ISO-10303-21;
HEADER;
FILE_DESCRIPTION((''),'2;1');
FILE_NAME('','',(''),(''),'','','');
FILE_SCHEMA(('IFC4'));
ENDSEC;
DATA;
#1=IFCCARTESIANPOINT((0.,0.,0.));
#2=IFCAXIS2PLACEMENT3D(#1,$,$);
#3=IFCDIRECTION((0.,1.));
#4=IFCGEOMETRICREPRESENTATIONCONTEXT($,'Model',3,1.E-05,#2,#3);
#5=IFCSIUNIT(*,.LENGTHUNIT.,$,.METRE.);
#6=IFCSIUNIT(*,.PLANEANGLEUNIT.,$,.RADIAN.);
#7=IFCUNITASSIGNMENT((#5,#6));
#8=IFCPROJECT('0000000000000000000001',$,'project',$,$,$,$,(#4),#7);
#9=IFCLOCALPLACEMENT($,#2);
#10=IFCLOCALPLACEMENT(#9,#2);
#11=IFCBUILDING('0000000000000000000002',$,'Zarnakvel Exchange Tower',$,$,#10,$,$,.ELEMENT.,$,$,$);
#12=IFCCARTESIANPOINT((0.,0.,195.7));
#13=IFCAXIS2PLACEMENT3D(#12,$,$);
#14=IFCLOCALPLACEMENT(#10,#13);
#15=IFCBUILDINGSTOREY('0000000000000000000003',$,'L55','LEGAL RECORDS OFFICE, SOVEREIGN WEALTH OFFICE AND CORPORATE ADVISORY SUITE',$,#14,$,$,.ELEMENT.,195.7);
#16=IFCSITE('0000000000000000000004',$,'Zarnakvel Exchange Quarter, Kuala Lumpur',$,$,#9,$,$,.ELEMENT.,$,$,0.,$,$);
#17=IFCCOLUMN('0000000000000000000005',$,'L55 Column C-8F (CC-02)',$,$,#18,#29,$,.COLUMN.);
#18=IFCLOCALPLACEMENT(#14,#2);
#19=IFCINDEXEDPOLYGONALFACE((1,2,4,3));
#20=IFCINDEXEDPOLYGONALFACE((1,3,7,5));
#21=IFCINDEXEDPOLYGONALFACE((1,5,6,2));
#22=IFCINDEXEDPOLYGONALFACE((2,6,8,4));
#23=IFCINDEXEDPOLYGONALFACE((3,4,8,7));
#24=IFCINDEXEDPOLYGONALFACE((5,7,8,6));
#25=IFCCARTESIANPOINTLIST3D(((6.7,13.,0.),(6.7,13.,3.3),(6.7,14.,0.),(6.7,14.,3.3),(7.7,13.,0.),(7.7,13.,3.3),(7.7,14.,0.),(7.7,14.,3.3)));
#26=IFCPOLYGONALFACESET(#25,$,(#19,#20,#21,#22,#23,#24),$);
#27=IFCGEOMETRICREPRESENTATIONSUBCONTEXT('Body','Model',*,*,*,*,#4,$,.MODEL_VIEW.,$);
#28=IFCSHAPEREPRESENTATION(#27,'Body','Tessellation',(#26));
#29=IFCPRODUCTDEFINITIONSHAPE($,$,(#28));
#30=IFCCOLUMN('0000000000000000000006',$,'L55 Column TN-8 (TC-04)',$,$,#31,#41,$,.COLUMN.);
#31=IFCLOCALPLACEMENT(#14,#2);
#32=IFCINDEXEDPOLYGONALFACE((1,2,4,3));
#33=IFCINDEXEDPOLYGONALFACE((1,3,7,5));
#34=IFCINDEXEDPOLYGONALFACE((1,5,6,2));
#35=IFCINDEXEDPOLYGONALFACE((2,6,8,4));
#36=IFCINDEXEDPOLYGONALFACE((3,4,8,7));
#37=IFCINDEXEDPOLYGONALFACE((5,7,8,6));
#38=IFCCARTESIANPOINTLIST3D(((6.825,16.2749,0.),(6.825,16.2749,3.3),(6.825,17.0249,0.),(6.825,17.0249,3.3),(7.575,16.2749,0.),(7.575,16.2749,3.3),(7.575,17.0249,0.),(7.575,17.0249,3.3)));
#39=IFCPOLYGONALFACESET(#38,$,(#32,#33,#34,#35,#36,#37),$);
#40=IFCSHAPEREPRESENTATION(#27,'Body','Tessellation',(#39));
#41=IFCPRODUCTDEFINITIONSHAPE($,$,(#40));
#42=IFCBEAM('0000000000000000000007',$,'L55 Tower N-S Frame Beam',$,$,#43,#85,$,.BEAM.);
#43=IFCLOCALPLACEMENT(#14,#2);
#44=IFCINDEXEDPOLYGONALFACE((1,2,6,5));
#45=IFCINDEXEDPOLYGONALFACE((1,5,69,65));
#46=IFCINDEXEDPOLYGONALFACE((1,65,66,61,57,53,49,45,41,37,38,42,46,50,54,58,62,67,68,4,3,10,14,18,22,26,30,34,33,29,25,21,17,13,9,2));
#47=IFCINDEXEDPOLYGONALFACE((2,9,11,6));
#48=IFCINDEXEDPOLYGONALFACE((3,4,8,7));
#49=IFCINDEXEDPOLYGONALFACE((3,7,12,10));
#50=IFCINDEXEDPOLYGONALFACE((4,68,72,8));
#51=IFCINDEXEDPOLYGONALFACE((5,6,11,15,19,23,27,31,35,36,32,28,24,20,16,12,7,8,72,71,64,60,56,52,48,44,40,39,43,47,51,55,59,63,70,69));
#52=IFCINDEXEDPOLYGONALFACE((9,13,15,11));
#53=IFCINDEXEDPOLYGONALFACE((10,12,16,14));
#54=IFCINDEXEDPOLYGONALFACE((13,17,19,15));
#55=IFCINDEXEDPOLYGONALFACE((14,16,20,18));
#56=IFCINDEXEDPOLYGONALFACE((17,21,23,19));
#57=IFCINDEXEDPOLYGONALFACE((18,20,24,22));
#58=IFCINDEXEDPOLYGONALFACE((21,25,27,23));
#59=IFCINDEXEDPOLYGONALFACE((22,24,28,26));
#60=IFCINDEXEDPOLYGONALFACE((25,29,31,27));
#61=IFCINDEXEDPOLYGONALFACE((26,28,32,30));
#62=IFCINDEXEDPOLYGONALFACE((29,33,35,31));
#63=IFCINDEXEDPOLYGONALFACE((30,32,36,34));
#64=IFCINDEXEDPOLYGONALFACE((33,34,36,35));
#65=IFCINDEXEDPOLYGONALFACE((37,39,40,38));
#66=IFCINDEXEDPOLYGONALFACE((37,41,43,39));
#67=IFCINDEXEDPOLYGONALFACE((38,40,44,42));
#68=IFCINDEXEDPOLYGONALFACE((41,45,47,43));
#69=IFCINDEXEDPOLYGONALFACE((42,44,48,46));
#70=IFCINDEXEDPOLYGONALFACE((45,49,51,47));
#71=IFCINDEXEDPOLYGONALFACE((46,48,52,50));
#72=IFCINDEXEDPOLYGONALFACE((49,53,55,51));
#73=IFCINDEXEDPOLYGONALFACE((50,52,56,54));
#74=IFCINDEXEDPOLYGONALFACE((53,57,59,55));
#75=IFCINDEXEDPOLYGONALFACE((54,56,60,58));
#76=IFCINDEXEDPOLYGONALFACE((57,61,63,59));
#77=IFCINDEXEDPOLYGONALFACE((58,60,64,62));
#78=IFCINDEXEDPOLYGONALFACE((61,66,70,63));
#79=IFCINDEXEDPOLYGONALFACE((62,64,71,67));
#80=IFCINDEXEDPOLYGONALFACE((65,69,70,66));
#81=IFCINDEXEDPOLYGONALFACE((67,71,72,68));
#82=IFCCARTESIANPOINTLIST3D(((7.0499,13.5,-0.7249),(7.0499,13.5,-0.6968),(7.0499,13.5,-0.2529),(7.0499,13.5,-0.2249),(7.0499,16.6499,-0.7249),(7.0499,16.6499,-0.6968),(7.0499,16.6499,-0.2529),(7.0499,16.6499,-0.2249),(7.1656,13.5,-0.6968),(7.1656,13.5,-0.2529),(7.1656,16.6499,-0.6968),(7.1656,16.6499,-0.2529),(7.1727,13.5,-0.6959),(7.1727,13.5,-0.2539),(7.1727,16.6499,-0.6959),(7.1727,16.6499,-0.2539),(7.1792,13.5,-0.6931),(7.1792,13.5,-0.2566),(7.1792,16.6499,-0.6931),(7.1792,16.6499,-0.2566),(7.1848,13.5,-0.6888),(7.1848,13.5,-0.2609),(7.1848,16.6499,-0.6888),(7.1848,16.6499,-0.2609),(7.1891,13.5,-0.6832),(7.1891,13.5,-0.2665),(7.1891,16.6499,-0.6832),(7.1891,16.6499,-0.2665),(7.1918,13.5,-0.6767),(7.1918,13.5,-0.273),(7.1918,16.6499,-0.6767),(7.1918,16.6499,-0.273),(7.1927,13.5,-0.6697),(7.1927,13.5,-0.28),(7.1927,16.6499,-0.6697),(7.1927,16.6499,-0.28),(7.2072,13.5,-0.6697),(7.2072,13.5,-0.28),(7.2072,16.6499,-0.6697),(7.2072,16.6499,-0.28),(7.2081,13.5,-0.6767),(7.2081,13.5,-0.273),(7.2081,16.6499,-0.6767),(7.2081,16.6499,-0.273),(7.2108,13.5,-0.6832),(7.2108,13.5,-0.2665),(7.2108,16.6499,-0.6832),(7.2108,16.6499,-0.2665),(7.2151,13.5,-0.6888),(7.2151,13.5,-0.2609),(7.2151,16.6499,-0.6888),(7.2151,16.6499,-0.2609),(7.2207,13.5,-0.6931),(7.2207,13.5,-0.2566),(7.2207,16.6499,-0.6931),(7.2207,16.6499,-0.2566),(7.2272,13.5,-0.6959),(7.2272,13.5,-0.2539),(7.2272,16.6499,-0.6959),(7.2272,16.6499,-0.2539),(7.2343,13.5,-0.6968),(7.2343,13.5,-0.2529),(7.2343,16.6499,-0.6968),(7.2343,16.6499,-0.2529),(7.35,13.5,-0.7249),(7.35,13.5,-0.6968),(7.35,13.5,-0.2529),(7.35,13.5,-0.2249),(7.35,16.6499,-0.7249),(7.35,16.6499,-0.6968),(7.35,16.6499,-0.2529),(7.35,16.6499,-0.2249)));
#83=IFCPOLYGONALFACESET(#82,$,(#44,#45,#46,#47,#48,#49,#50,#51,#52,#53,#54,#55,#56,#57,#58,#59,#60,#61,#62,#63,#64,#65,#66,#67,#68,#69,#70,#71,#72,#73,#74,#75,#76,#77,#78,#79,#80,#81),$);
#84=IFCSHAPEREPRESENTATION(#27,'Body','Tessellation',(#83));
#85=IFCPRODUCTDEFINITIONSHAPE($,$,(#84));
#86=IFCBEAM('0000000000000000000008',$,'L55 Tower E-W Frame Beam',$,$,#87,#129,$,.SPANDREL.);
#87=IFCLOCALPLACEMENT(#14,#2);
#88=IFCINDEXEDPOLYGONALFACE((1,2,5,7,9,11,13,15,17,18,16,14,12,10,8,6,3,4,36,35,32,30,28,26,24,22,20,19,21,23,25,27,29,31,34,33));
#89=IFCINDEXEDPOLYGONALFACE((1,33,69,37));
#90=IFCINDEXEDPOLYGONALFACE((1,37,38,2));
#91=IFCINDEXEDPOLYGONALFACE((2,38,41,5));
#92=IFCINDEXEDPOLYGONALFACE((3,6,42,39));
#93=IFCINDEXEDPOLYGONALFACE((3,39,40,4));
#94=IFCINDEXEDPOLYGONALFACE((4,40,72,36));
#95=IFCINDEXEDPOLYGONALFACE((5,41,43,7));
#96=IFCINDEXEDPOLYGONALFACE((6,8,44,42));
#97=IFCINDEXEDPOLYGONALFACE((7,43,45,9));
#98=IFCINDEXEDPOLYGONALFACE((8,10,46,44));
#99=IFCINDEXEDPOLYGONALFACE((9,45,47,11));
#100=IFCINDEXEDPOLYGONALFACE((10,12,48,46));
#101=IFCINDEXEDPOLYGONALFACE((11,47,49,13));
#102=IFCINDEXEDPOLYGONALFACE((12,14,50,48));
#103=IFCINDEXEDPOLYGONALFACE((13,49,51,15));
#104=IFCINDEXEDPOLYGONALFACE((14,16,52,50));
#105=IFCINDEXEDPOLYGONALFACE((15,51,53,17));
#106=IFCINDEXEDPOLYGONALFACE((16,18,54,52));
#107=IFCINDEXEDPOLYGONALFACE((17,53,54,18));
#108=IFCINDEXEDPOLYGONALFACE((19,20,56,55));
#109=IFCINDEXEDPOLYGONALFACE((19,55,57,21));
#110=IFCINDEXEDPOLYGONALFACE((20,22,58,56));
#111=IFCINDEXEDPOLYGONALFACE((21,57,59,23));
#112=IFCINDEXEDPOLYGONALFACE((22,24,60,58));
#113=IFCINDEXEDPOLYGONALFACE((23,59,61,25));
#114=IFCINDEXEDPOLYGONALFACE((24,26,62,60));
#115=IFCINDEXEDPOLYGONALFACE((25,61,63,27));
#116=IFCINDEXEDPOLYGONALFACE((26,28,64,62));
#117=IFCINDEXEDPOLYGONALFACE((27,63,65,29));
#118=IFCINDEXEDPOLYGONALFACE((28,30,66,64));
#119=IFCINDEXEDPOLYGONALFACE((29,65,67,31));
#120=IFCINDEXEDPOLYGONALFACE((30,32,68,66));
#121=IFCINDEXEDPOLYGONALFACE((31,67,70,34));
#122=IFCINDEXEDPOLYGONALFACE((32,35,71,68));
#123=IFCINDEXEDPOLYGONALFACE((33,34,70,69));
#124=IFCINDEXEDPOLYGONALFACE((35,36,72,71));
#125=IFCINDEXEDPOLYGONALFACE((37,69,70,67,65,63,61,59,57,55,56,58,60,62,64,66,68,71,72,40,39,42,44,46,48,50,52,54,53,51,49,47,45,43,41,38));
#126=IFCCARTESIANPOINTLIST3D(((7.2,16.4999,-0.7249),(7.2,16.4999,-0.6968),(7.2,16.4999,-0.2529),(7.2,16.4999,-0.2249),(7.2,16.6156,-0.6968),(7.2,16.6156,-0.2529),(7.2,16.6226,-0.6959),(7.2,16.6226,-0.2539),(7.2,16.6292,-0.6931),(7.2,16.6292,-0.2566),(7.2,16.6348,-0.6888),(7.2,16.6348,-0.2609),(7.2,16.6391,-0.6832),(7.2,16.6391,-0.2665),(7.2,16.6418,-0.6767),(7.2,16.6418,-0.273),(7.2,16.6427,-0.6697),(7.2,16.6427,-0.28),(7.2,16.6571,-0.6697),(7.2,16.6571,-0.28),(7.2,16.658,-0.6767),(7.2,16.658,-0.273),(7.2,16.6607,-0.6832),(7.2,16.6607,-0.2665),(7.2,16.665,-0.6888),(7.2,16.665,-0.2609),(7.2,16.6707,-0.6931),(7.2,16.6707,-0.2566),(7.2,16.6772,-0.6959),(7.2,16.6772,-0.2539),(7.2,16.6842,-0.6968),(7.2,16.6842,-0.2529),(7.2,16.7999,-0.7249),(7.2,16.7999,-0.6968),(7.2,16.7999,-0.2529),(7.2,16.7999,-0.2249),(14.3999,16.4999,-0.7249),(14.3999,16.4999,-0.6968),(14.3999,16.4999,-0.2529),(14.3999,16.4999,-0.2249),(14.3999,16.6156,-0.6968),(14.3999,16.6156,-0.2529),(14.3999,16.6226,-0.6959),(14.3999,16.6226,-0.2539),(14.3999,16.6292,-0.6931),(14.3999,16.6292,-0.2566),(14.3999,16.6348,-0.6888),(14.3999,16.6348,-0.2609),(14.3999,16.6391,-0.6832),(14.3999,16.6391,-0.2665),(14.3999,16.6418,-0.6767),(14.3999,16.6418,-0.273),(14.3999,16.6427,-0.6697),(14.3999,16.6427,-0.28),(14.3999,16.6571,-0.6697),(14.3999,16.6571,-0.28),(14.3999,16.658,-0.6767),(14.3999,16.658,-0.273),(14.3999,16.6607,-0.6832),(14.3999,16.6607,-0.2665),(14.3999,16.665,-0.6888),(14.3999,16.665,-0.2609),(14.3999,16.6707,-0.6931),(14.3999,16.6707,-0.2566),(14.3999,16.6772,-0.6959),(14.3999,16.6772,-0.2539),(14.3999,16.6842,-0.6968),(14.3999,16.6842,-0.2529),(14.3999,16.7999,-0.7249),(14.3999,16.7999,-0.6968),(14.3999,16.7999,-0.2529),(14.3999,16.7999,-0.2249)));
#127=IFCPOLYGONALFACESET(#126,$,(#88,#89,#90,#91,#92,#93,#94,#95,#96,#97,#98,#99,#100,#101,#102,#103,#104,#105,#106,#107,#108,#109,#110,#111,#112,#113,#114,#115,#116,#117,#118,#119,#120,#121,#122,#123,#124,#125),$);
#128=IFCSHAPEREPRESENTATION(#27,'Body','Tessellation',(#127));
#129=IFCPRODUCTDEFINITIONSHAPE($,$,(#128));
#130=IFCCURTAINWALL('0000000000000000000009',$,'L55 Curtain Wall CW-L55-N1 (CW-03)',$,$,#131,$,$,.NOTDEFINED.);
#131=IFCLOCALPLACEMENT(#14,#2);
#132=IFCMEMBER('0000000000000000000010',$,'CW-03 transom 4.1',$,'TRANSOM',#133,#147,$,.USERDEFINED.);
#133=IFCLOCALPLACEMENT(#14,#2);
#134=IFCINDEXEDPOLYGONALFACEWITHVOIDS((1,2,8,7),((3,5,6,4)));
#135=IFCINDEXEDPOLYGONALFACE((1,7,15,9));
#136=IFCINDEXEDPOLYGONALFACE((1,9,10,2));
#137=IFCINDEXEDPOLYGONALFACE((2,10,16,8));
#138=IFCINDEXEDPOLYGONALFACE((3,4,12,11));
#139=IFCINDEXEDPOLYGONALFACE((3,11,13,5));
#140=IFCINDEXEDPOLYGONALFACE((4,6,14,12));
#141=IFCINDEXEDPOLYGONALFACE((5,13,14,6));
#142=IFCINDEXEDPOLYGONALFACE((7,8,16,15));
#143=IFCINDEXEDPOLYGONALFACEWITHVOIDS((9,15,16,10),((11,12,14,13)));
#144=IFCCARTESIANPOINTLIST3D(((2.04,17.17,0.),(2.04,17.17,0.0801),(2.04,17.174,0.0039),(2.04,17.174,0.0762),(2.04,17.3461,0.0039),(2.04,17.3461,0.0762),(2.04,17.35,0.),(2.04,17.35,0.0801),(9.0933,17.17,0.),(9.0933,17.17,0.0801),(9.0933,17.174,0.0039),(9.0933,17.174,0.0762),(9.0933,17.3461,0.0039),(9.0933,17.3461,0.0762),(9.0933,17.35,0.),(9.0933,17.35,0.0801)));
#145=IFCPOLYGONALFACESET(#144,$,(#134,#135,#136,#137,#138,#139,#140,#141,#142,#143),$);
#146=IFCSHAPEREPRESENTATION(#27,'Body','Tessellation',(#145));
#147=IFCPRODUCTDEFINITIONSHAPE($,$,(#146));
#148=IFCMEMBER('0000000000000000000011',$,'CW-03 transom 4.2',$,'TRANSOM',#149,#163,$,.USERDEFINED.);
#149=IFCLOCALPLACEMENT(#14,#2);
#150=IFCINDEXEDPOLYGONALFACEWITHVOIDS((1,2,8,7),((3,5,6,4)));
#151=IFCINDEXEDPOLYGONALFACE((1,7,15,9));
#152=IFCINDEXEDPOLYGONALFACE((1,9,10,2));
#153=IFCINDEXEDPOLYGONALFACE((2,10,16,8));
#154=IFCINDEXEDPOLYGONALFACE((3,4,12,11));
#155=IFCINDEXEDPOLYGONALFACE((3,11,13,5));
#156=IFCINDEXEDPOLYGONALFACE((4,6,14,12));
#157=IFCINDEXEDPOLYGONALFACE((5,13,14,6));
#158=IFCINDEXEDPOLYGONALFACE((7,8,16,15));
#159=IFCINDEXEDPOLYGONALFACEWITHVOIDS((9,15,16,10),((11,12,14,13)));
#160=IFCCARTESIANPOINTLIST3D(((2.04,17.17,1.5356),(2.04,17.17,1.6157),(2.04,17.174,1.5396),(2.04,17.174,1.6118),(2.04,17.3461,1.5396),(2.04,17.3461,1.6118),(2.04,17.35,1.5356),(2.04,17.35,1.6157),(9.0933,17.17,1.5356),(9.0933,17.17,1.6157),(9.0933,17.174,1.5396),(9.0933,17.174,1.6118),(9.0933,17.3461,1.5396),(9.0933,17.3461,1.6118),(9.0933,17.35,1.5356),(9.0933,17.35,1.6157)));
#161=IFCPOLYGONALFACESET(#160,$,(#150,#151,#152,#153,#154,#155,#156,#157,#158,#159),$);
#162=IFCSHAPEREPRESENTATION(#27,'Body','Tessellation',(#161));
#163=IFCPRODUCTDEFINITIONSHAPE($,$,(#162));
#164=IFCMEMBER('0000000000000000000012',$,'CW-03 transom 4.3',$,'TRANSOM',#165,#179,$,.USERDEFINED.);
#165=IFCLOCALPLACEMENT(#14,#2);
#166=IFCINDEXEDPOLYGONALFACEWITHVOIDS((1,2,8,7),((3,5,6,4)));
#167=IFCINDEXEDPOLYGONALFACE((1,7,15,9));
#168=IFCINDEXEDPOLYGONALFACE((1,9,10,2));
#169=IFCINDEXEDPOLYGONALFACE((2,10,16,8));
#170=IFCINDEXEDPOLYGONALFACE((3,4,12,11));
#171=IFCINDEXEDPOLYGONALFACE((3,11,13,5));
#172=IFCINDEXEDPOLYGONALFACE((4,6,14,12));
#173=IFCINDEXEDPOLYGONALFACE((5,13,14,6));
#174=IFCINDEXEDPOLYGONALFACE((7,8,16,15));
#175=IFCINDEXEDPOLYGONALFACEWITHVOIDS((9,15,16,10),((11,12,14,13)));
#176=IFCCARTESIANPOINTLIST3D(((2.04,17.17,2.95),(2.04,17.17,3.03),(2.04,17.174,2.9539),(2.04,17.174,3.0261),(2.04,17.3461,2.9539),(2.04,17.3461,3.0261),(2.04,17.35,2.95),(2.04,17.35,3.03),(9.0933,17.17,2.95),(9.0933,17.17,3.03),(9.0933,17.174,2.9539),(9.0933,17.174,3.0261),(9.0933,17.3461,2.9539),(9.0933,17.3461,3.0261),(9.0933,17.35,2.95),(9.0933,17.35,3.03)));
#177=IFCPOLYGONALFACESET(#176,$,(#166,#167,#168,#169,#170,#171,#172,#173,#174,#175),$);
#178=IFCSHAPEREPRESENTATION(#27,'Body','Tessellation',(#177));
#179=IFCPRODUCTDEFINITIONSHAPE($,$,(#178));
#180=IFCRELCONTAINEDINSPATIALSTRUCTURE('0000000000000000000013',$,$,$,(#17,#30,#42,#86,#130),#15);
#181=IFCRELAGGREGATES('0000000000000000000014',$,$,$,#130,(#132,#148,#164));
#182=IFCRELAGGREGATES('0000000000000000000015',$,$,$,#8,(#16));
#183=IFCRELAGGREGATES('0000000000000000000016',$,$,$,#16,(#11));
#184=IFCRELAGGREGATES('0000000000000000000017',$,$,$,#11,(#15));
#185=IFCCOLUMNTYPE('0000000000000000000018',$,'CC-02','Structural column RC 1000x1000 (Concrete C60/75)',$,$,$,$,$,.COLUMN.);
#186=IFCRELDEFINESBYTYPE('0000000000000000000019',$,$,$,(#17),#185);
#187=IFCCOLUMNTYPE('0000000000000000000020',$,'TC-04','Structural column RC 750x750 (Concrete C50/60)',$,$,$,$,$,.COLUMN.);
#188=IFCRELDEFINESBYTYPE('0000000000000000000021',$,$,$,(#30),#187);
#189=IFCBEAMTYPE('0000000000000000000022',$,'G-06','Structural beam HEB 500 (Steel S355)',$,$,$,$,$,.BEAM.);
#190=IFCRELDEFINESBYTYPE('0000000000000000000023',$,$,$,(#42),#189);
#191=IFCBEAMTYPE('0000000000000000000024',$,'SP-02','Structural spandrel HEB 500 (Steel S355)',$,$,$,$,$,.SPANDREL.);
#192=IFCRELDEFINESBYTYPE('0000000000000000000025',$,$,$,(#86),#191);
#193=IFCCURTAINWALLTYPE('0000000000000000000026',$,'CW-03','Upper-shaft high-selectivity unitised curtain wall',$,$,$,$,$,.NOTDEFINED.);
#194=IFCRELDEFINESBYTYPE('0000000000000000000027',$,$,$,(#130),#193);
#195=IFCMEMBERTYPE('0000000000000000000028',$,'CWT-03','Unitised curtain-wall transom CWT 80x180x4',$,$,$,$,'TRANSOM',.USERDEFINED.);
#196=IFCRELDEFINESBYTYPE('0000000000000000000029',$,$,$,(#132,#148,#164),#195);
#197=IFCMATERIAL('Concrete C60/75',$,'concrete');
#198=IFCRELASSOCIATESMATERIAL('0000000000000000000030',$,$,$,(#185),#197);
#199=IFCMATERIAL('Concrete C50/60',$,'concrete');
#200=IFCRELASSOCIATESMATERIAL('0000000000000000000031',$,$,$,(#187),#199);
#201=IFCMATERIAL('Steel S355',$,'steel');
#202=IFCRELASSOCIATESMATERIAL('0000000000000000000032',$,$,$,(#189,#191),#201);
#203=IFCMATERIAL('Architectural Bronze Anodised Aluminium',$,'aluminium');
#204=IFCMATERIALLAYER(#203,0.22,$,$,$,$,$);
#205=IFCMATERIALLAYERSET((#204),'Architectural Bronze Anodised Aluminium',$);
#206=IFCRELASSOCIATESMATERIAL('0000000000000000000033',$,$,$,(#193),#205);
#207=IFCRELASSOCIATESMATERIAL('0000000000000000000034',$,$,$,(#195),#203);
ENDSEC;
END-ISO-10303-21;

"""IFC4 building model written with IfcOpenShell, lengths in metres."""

from ifc_helpers import new_model, si_unit, direction, frame, origin, origin_2d, place, context, subcontext, project, spatial, rectangle, hollow_rectangle, i_section, extrude, source, transform, mapped, material, layer, layer_set, material_profile, profile_set, type_object, element, aggregate, save


model = new_model("IFC4")

# Units and contexts
model_context = context("Model", 3, precision=1e-05, world=origin(), true_north=direction((0.0, 1.0)))
body_context = subcontext(model_context, "Body", "Model", "MODEL_VIEW")
ifc_project = project(units=[si_unit("LENGTHUNIT", "METRE"), si_unit("PLANEANGLEUNIT", "RADIAN")], contexts=[model_context])

# Site, building, storey
site_placement = place(None, origin())
site = spatial("IfcSite", under=ifc_project, at=site_placement, Name="Zarnakvel Exchange Quarter, Kuala Lumpur", CompositionType="ELEMENT", RefElevation=0.0)
building_placement = place(site_placement, origin())
building = spatial("IfcBuilding", under=site, at=building_placement, Name="Zarnakvel Exchange Tower", CompositionType="ELEMENT")
storey_placement = place(building_placement, frame((0.0, 0.0, 195.7)))
storey = spatial("IfcBuildingStorey", under=building, at=storey_placement, Name="L55", Description="LEGAL RECORDS OFFICE, SOVEREIGN WEALTH OFFICE AND CORPORATE ADVISORY SUITE", CompositionType="ELEMENT", Elevation=195.7)

# Columns
ifc_material_1 = material(Name="Concrete C60/75", Category="concrete")
ifc_material_profile_1 = material_profile(ifc_material_1, rectangle(XDim=1.0, YDim=1.0, at=origin_2d()))
ifc_profile_set_1 = profile_set([ifc_material_profile_1], Name="Concrete C60/75")
column_type_1 = type_object("IfcColumnType", Name="CC-02", Description="Structural column RC 1000x1000 (Concrete C60/75)", PredefinedType="COLUMN", material=ifc_profile_set_1)
column_1_placement = place(storey_placement, frame((7.2, 13.5, 0.0), z_axis=(0.0, 0.0, 1.0), x_axis=(1.0, 0.0, 0.0)))
element("IfcColumn", 1, at=column_1_placement, inside=storey, type_object=column_type_1, Name="L55 Column C-8F (CC-02)", PredefinedType="COLUMN", context=body_context, shape_type="SweptSolid", body=[
    extrude(rectangle(XDim=1.0, YDim=1.0, at=origin_2d()), origin(), (0.0, 0.0, 1.0), 3.3),
])
ifc_material_2 = material(Name="Concrete C50/60", Category="concrete")
ifc_material_profile_2 = material_profile(ifc_material_2, rectangle(XDim=0.75, YDim=0.75, at=origin_2d()))
ifc_profile_set_2 = profile_set([ifc_material_profile_2], Name="Concrete C50/60")
column_type_2 = type_object("IfcColumnType", Name="TC-04", Description="Structural column RC 750x750 (Concrete C50/60)", PredefinedType="COLUMN", material=ifc_profile_set_2)
column_2_placement = place(storey_placement, frame((7.2, 16.6499, 0.0), z_axis=(0.0, 0.0, 1.0), x_axis=(1.0, 0.0, 0.0)))
element("IfcColumn", 2, at=column_2_placement, inside=storey, type_object=column_type_2, Name="L55 Column TN-8 (TC-04)", PredefinedType="COLUMN", context=body_context, shape_type="SweptSolid", body=[
    extrude(rectangle(XDim=0.75, YDim=0.75, at=origin_2d()), origin(), (0.0, 0.0, 1.0), 3.3),
])

# Beams
ifc_material_3 = material(Name="Steel S355", Category="steel")
ifc_material_profile_3 = material_profile(ifc_material_3, i_section(OverallWidth=0.3, OverallDepth=0.5, WebThickness=0.0144, FlangeThickness=0.0281, FilletRadius=0.0271, at=origin_2d()))
ifc_profile_set_3 = profile_set([ifc_material_profile_3], Name="Steel S355")
beam_type_1 = type_object("IfcBeamType", Name="G-06", Description="Structural beam HEB 500 (Steel S355)", PredefinedType="BEAM", material=ifc_profile_set_3)
beam_1_placement = place(storey_placement, frame((7.2, 13.5, -0.4749), z_axis=(0.0, 1.0, 0.0), x_axis=(-1.0, 0.0, 0.0)))
element("IfcBeam", 3, at=beam_1_placement, inside=storey, type_object=beam_type_1, Name="L55 Tower N-S Frame Beam", PredefinedType="BEAM", context=body_context, shape_type="SweptSolid", body=[
    extrude(i_section(OverallWidth=0.3, OverallDepth=0.5, WebThickness=0.0144, FlangeThickness=0.0281, FilletRadius=0.0271, at=origin_2d()), origin(), (0.0, 0.0, 1.0), 3.1499),
])
ifc_material_profile_4 = material_profile(ifc_material_3, i_section(OverallWidth=0.3, OverallDepth=0.5, WebThickness=0.0144, FlangeThickness=0.0281, FilletRadius=0.0271, at=origin_2d()))
ifc_profile_set_4 = profile_set([ifc_material_profile_4], Name="Steel S355")
beam_type_2 = type_object("IfcBeamType", Name="SP-02", Description="Structural spandrel HEB 500 (Steel S355)", PredefinedType="SPANDREL", material=ifc_profile_set_4)
beam_2_placement = place(storey_placement, frame((7.2, 16.6499, -0.4749), z_axis=(1.0, 0.0, 0.0), x_axis=(0.0, 1.0, 0.0)))
element("IfcBeam", 4, at=beam_2_placement, inside=storey, type_object=beam_type_2, Name="L55 Tower E-W Frame Beam", PredefinedType="SPANDREL", context=body_context, shape_type="SweptSolid", body=[
    extrude(i_section(OverallWidth=0.3, OverallDepth=0.5, WebThickness=0.0144, FlangeThickness=0.0281, FilletRadius=0.0271, at=origin_2d()), origin(), (0.0, 0.0, 1.0), 7.2),
])

# Curtain wall, members
ifc_material_4 = material(Name="Architectural Bronze Anodised Aluminium", Category="aluminium")
ifc_layer_1 = layer(ifc_material_4, 0.22)
ifc_layer_set_1 = layer_set([ifc_layer_1], Name="Architectural Bronze Anodised Aluminium")
curtain_wall_type = type_object("IfcCurtainWallType", Name="CW-03", Description="Upper-shaft high-selectivity unitised curtain wall", PredefinedType="NOTDEFINED", material=ifc_layer_set_1)
curtain_wall_placement = place(storey_placement, origin())
curtain_wall = element("IfcCurtainWall", 5, at=curtain_wall_placement, inside=storey, type_object=curtain_wall_type, Name="L55 Curtain Wall CW-L55-N1 (CW-03)", PredefinedType="NOTDEFINED")
ifc_material_profile_5 = material_profile(ifc_material_4, hollow_rectangle(XDim=0.1799, YDim=0.0801, WallThickness=0.0039, at=origin_2d()))
ifc_profile_set_5 = profile_set([ifc_material_profile_5], Name="Architectural Bronze Anodised Aluminium")
member_type_1 = type_object("IfcMemberType", Name="CWT-03", Description="Unitised curtain-wall transom CWT 80x180x4", ElementType="TRANSOM", PredefinedType="USERDEFINED", material=ifc_profile_set_5)
shared_shape_1 = source(origin(), body_context, "Body", "SweptSolid", [
    extrude(hollow_rectangle(XDim=0.1799, YDim=0.0801, WallThickness=0.0039, at=origin_2d()), origin(), (0.0, 0.0, 1.0), 7.0532),
])
member_1_placement = place(storey_placement, frame((2.04, 17.26, 0.04), z_axis=(1.0, 0.0, 0.0), x_axis=(0.0, 1.0, 0.0)))
member_1 = element("IfcMember", 6, at=member_1_placement, type_object=member_type_1, Name="CW-03 transom 4.1", ObjectType="TRANSOM", PredefinedType="USERDEFINED", context=body_context, shape_type="MappedRepresentation", body=[
    mapped(shared_shape_1, transform((0.0, 0.0, 0.0), x_axis=(1.0, 0.0, 0.0), y_axis=(0.0, 1.0, 0.0), z_axis=(0.0, 0.0, 1.0), scale=1.0)),
])
member_2_placement = place(storey_placement, frame((2.04, 17.26, 1.5757), z_axis=(1.0, 0.0, 0.0), x_axis=(0.0, 1.0, 0.0)))
member_2 = element("IfcMember", 7, at=member_2_placement, type_object=member_type_1, Name="CW-03 transom 4.2", ObjectType="TRANSOM", PredefinedType="USERDEFINED", context=body_context, shape_type="MappedRepresentation", body=[
    mapped(shared_shape_1, transform((0.0, 0.0, 0.0), x_axis=(1.0, 0.0, 0.0), y_axis=(0.0, 1.0, 0.0), z_axis=(0.0, 0.0, 1.0), scale=1.0)),
])
member_3_placement = place(storey_placement, frame((2.04, 17.26, 2.99), z_axis=(1.0, 0.0, 0.0), x_axis=(0.0, 1.0, 0.0)))
member_3 = element("IfcMember", 8, at=member_3_placement, type_object=member_type_1, Name="CW-03 transom 4.3", ObjectType="TRANSOM", PredefinedType="USERDEFINED", context=body_context, shape_type="MappedRepresentation", body=[
    mapped(shared_shape_1, transform((0.0, 0.0, 0.0), x_axis=(1.0, 0.0, 0.0), y_axis=(0.0, 1.0, 0.0), z_axis=(0.0, 0.0, 1.0), scale=1.0)),
])
aggregate(curtain_wall, [member_1, member_2, member_3])

save(model, "model.ifc")
